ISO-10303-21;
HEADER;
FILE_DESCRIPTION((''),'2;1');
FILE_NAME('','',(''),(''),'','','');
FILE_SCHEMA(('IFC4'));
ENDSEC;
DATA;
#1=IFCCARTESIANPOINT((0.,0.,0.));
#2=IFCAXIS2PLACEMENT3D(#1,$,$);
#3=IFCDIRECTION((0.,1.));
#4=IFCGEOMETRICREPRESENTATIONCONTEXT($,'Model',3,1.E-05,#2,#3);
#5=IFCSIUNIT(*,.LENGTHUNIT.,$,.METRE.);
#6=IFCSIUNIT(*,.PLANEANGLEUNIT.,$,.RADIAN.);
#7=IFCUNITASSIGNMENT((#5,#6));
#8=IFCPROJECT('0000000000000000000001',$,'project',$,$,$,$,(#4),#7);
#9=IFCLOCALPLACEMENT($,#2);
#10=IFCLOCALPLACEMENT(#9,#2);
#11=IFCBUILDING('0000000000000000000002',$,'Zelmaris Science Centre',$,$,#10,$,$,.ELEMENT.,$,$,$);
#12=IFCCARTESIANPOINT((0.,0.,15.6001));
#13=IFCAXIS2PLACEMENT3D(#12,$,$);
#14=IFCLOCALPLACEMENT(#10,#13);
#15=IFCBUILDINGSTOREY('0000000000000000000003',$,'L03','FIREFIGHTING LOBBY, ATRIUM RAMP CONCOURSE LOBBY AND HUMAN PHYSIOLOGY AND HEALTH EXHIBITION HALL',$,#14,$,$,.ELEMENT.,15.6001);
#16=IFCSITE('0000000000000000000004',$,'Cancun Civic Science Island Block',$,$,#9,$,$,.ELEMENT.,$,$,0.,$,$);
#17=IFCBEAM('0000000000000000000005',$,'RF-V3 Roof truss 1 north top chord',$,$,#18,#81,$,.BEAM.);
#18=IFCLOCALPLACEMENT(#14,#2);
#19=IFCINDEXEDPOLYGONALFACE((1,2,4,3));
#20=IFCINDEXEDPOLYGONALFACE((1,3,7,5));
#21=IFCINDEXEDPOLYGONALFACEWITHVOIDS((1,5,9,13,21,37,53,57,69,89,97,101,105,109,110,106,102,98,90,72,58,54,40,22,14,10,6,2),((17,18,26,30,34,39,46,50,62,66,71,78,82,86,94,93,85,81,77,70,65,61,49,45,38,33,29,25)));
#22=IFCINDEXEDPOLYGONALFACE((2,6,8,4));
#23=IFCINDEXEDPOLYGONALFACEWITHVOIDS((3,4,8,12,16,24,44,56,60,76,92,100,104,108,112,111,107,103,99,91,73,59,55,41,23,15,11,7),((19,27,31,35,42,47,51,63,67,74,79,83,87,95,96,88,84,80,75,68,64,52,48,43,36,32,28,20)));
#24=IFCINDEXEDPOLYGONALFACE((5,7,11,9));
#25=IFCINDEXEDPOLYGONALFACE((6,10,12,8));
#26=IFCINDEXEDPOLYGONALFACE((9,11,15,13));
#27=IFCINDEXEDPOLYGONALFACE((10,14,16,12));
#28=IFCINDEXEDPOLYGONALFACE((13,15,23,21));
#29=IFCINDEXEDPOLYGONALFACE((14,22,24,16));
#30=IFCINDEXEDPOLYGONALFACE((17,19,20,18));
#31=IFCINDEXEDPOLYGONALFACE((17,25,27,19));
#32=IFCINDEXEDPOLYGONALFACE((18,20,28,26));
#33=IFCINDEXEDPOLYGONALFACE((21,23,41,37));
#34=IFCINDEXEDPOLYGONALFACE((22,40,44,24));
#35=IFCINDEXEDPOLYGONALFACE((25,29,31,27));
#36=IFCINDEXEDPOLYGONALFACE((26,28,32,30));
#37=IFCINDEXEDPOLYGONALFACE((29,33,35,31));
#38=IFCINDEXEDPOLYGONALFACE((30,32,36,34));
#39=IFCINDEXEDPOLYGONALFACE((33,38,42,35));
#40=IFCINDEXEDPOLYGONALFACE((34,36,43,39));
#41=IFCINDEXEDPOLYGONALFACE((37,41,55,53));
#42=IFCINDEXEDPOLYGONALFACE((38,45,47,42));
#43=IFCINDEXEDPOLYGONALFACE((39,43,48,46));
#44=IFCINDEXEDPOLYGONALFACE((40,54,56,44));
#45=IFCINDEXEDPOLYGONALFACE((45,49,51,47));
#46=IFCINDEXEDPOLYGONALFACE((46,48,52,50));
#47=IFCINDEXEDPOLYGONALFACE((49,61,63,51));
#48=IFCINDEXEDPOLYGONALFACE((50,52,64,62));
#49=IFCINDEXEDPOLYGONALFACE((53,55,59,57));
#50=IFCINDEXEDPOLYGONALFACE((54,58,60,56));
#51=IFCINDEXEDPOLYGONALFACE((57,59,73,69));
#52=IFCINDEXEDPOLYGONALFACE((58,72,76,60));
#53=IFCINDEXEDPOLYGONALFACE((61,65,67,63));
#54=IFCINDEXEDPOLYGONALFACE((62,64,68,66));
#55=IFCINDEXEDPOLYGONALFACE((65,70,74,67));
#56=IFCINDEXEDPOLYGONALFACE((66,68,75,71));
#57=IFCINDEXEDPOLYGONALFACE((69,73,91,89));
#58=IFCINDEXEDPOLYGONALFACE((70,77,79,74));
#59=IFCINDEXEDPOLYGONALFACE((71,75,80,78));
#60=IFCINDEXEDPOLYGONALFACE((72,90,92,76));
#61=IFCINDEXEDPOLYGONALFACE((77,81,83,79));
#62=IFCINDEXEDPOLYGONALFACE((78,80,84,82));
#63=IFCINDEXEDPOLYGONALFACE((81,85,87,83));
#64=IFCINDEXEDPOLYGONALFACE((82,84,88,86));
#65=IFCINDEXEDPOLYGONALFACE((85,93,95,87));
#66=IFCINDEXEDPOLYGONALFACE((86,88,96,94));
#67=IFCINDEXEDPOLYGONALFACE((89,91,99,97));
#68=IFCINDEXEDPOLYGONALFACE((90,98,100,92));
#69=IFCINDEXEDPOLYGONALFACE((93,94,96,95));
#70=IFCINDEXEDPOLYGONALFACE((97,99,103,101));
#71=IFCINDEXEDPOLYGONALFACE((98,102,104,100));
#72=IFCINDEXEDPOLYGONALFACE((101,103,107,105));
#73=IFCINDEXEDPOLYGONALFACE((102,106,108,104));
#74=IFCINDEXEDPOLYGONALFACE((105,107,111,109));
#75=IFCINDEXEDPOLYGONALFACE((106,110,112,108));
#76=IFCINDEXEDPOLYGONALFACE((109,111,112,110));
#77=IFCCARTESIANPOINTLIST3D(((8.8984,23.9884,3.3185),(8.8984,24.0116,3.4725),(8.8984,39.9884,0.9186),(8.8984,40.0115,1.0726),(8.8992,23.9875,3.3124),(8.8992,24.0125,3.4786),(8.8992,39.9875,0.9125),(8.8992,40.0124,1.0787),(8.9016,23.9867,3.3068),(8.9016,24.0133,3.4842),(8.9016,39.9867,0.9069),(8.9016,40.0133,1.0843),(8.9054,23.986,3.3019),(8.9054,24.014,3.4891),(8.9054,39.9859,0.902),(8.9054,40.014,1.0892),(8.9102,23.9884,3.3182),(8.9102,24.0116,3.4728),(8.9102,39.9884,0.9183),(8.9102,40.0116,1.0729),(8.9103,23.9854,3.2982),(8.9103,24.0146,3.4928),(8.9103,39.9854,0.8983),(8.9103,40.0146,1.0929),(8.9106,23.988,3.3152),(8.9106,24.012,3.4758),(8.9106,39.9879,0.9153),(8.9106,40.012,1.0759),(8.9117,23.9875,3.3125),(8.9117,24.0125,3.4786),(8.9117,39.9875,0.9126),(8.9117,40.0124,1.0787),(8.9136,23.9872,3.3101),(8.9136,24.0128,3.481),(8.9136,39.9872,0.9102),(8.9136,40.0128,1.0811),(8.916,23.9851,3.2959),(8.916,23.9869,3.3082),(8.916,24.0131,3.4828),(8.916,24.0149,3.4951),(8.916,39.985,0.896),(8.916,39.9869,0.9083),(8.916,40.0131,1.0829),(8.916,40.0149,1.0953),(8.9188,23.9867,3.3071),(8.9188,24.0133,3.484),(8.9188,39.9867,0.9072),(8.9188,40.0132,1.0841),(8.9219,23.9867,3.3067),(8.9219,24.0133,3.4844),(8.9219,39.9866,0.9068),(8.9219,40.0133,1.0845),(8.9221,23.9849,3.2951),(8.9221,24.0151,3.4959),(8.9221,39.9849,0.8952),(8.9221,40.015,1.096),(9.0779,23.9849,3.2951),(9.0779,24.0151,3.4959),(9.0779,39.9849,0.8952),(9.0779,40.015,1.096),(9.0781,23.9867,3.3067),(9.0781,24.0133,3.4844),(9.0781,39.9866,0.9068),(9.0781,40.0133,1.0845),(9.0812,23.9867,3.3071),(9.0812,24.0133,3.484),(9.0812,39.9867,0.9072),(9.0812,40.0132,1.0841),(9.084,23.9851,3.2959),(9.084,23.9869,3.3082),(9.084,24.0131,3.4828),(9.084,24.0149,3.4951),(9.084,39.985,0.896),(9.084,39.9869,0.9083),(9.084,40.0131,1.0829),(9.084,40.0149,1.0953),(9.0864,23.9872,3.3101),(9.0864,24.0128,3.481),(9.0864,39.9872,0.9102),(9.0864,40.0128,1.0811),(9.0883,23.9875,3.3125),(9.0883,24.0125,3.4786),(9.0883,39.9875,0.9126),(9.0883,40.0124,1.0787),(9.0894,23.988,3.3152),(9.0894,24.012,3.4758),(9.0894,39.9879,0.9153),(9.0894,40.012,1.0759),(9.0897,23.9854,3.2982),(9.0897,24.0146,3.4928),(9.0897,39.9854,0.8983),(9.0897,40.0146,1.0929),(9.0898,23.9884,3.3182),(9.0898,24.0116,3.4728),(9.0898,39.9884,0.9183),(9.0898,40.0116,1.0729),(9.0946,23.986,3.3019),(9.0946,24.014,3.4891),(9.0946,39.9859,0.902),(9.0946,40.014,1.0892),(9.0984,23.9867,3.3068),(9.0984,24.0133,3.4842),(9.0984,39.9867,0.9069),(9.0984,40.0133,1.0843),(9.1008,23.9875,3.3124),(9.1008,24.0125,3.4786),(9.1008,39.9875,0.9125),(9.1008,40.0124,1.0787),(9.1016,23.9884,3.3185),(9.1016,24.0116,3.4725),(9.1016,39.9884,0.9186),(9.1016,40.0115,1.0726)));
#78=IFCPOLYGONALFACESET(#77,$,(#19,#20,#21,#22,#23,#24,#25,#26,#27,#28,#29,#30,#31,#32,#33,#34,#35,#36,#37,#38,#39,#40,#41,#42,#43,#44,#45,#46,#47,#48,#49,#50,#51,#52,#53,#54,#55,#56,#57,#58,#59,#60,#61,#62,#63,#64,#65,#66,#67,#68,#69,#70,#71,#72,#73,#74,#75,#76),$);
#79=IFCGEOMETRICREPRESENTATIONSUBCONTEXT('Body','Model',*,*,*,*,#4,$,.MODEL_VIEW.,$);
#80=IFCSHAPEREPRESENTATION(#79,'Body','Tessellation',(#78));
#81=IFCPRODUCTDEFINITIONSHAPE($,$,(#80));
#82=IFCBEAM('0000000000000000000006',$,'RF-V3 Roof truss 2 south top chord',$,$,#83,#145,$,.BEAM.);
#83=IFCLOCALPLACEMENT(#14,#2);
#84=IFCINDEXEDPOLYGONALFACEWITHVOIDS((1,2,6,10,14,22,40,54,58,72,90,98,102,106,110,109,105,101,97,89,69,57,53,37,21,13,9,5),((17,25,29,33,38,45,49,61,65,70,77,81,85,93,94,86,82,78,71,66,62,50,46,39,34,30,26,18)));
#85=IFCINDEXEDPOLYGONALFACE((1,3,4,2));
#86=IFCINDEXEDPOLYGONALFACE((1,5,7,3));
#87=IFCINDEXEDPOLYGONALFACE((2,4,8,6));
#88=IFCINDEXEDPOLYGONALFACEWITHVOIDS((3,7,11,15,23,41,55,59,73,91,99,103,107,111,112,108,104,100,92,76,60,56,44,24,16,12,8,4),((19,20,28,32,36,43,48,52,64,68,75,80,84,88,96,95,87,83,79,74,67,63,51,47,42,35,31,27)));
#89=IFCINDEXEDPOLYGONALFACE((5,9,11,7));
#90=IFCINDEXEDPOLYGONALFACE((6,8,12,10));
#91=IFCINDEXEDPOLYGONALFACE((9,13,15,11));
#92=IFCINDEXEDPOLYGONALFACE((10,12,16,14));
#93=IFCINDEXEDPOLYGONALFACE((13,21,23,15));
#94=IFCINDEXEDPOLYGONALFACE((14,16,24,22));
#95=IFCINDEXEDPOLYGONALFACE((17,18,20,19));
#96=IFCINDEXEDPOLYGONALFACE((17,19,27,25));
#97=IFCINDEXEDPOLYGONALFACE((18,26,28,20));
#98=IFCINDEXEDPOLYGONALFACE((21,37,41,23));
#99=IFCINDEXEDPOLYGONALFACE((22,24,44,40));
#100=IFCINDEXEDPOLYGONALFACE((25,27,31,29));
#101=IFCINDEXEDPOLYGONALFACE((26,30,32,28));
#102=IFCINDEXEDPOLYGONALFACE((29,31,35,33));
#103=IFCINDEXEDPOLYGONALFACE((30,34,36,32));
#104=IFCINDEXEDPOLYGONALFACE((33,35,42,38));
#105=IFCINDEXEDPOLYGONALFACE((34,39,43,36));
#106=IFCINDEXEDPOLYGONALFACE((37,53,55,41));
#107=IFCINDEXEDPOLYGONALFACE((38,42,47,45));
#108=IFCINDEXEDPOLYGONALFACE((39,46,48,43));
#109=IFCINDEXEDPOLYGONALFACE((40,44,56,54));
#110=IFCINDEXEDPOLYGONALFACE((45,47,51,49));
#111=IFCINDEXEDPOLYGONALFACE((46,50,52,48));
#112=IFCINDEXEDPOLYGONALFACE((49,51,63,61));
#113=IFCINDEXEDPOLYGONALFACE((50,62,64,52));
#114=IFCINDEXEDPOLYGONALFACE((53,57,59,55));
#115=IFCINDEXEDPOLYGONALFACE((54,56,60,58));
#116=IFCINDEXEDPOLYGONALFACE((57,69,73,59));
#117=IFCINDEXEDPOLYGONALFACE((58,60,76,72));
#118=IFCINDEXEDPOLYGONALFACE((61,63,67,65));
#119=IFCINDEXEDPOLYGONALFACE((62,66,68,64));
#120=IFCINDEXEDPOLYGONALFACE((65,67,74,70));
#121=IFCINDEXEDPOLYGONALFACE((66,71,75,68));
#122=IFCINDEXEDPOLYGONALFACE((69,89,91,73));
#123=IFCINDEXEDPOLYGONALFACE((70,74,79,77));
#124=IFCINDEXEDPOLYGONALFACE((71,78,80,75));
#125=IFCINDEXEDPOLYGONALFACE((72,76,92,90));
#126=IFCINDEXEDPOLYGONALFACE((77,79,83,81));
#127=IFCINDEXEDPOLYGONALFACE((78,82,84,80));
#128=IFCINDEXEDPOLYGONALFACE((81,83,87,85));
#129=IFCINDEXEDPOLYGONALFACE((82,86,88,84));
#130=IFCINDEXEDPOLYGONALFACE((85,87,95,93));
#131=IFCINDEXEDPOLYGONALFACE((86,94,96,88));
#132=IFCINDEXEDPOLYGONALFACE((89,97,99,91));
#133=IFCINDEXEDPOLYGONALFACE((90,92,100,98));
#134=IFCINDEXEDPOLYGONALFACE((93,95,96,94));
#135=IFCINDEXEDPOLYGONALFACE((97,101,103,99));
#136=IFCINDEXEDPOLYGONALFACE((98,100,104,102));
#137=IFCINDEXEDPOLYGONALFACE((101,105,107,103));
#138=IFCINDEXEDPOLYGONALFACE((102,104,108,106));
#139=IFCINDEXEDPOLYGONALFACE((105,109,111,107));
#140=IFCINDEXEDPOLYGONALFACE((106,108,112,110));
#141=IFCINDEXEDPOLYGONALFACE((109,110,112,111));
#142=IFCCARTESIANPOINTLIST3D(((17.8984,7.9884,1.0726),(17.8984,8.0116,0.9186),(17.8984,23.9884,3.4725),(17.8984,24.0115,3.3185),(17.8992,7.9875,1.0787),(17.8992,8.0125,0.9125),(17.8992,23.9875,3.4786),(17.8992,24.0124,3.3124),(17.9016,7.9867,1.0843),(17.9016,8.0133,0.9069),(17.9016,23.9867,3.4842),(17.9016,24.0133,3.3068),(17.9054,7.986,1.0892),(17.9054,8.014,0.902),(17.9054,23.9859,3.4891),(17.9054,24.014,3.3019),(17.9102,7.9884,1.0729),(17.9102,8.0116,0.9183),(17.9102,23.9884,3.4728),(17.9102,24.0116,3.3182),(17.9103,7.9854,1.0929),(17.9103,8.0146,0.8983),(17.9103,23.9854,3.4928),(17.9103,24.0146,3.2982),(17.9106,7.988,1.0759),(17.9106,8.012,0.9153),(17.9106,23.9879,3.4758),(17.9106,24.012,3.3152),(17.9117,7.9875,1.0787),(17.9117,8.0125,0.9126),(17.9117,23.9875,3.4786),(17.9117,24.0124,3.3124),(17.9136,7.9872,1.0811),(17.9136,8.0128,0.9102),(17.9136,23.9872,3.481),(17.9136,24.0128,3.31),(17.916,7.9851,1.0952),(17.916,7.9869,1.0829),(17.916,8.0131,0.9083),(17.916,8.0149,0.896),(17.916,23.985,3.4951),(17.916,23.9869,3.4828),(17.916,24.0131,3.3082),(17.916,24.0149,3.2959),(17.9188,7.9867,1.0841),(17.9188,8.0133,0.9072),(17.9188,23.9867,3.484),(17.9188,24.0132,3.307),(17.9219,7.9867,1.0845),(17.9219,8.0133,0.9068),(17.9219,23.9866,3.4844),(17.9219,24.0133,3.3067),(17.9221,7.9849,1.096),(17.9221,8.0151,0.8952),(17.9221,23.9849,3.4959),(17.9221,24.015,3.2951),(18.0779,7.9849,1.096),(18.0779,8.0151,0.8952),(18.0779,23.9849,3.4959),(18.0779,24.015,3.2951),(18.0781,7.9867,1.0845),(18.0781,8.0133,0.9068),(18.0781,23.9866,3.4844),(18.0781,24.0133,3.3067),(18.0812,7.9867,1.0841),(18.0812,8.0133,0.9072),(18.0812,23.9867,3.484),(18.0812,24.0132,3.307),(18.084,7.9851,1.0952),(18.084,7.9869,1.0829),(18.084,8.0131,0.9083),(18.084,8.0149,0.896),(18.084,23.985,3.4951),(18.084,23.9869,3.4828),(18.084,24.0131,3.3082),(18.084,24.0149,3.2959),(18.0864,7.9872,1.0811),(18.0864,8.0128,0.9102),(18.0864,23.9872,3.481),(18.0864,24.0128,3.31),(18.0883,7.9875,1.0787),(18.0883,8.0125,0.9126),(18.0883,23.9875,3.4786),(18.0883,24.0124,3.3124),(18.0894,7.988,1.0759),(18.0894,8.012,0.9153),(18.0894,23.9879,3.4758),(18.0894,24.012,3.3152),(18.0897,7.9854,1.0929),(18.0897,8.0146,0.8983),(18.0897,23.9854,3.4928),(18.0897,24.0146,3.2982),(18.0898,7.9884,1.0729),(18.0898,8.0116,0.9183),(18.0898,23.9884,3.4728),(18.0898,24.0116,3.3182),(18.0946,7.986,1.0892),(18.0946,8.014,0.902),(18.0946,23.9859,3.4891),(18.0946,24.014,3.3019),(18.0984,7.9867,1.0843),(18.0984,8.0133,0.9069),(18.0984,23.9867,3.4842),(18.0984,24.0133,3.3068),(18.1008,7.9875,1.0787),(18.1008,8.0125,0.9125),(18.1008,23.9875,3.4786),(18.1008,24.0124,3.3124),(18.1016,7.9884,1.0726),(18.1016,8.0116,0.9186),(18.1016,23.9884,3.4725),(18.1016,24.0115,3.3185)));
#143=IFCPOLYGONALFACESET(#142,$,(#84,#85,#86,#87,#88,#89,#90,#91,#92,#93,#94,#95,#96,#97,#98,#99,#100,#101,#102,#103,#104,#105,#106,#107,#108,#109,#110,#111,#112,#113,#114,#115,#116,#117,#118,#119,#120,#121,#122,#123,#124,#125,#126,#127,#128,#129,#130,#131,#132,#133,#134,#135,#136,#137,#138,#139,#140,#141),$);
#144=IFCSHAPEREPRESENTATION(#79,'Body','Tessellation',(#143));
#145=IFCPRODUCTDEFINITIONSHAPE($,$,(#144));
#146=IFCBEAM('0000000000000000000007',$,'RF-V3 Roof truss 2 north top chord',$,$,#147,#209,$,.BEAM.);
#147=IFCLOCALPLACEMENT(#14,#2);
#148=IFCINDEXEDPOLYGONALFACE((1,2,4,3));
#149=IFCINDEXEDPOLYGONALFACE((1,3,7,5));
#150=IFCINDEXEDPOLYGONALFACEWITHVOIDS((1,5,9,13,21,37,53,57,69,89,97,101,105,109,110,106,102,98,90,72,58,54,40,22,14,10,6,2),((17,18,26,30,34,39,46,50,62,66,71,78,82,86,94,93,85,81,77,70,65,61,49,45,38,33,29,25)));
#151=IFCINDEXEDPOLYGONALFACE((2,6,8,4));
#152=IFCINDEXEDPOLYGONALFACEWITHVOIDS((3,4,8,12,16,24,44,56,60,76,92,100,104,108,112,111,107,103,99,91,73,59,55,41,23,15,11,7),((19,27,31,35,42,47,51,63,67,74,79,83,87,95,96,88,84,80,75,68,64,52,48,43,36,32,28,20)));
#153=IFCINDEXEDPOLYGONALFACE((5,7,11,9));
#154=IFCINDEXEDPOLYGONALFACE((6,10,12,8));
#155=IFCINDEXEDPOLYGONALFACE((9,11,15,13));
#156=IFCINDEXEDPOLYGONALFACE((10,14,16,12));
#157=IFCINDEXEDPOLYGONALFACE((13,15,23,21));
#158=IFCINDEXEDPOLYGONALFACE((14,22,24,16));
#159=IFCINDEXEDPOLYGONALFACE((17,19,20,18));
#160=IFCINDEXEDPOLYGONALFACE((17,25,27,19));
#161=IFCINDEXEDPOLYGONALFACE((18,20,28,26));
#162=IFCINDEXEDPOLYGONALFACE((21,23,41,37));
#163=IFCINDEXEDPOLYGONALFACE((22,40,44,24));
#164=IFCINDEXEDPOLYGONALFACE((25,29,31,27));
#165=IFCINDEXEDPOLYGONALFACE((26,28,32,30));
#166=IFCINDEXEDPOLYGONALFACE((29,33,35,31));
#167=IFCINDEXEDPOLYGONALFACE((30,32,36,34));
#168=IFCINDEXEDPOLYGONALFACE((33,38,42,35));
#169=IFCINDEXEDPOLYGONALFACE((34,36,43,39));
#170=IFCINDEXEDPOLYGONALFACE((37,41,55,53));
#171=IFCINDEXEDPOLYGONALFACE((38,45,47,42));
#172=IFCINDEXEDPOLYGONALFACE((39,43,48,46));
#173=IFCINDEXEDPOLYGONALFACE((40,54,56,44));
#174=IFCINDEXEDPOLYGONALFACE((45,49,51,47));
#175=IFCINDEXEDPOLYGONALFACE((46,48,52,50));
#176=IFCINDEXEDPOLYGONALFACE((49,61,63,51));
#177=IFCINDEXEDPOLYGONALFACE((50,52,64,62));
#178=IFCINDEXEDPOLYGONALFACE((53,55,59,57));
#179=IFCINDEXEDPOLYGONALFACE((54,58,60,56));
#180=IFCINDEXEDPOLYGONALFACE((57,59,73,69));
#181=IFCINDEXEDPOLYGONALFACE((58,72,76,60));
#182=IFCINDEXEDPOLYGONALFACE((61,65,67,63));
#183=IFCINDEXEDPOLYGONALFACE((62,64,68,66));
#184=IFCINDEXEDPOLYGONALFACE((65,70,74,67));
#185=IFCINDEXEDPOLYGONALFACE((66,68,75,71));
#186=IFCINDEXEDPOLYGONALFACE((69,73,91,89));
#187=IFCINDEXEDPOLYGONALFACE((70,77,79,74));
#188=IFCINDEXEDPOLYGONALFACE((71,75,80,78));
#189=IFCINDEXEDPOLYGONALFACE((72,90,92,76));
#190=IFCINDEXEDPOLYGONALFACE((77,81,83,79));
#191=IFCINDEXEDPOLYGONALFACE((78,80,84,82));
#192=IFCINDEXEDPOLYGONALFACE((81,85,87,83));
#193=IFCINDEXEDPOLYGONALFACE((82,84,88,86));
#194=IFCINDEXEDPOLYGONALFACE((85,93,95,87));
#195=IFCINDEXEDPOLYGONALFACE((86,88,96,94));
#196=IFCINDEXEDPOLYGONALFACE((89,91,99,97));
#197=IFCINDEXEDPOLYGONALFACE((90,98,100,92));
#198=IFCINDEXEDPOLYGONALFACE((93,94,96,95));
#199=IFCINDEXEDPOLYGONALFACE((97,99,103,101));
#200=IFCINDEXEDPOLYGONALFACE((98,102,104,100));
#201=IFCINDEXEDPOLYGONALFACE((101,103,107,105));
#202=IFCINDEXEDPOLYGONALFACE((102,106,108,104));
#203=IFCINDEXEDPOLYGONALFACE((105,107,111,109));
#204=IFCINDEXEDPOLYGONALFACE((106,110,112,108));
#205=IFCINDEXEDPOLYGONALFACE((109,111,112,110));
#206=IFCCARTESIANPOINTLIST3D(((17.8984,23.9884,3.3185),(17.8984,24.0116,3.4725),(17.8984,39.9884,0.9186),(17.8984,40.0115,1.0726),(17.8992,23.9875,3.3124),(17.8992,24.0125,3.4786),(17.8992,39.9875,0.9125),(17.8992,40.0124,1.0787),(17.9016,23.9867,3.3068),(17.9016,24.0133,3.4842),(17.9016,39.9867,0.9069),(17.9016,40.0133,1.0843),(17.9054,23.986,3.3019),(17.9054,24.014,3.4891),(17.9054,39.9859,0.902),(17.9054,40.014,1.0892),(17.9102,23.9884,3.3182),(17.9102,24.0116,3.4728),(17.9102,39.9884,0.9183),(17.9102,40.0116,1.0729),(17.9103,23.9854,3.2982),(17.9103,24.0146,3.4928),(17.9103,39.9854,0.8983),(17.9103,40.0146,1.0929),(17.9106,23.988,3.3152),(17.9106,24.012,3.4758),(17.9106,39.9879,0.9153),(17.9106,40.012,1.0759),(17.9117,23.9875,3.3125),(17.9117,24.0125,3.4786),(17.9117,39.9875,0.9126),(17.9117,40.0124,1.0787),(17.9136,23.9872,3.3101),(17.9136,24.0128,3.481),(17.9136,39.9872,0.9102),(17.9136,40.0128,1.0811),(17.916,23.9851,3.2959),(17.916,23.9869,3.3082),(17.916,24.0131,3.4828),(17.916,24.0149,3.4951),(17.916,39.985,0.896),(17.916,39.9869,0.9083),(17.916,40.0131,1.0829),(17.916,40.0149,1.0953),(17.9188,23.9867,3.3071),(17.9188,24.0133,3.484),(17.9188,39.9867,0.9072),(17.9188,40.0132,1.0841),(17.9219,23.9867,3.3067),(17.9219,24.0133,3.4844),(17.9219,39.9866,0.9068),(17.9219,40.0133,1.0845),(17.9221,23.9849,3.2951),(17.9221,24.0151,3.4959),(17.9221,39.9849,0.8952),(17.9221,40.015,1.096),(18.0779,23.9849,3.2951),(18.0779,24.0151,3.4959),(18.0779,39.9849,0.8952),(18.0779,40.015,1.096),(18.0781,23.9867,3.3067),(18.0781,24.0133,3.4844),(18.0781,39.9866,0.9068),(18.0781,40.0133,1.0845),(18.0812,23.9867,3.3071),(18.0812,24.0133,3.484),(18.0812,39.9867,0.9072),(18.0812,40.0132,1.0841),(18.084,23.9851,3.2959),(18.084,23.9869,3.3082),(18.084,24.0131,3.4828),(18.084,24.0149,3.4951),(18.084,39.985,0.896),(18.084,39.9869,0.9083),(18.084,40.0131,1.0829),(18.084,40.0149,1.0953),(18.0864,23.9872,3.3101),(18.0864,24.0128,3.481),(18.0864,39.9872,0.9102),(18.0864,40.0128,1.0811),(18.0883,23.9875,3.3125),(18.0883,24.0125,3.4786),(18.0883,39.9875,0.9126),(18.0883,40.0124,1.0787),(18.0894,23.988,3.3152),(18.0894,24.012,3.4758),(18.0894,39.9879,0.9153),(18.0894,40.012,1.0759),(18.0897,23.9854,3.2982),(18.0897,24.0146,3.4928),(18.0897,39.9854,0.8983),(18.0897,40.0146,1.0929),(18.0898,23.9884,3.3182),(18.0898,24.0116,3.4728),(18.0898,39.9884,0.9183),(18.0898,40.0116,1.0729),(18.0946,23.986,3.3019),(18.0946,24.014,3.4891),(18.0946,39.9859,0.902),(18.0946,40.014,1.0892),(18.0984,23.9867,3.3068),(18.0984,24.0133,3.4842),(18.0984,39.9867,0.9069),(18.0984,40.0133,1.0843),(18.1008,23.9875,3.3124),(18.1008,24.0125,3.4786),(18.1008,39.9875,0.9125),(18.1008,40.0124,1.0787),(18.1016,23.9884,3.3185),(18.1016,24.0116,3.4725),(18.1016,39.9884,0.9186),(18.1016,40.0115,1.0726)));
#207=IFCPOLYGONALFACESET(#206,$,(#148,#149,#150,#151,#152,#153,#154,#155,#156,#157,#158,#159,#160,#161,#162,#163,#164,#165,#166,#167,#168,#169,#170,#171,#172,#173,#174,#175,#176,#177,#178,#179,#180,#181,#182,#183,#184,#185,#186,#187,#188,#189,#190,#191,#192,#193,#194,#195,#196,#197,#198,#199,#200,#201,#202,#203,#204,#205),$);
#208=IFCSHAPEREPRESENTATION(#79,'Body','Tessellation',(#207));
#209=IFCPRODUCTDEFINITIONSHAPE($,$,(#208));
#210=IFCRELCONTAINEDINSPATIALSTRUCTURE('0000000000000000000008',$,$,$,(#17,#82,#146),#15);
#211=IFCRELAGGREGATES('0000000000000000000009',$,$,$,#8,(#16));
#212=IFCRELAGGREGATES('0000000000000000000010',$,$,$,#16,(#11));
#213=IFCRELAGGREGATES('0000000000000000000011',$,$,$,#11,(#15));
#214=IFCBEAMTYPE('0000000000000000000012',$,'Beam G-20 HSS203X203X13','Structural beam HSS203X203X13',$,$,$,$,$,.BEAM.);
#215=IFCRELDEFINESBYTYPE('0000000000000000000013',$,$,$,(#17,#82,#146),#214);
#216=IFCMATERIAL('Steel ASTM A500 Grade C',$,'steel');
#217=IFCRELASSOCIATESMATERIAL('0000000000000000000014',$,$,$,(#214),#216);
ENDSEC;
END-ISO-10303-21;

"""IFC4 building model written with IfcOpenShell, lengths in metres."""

from ifc_helpers import new_model, si_unit, direction, frame, origin, origin_2d, place, context, subcontext, project, spatial, hollow_rectangle, extrude, material, material_profile, profile_set, type_object, element, save


model = new_model("IFC4")

# Units and contexts
model_context = context("Model", 3, precision=1e-05, world=origin(), true_north=direction((0.0, 1.0)))
body_context = subcontext(model_context, "Body", "Model", "MODEL_VIEW")
ifc_project = project(units=[si_unit("LENGTHUNIT", "METRE"), si_unit("PLANEANGLEUNIT", "RADIAN")], contexts=[model_context])

# Site, building, storey
site_placement = place(None, origin())
site = spatial("IfcSite", under=ifc_project, at=site_placement, Name="Cancun Civic Science Island Block", CompositionType="ELEMENT", RefElevation=0.0)
building_placement = place(site_placement, origin())
building = spatial("IfcBuilding", under=site, at=building_placement, Name="Zelmaris Science Centre", CompositionType="ELEMENT")
storey_placement = place(building_placement, frame((0.0, 0.0, 15.6001)))
storey = spatial("IfcBuildingStorey", under=building, at=storey_placement, Name="L03", Description="FIREFIGHTING LOBBY, ATRIUM RAMP CONCOURSE LOBBY AND HUMAN PHYSIOLOGY AND HEALTH EXHIBITION HALL", CompositionType="ELEMENT", Elevation=15.6001)

# Beams
ifc_material = material(Name="Steel ASTM A500 Grade C", Category="steel")
ifc_material_profile_1 = material_profile(ifc_material, hollow_rectangle(XDim=0.2031, YDim=0.2031, WallThickness=0.0117, InnerFilletRadius=0.0117, OuterFilletRadius=0.0237, at=origin_2d()), Name="HSS203X203X13")
ifc_profile_set_1 = profile_set([ifc_material_profile_1], Name="Steel ASTM A500 Grade C")
beam_type_1 = type_object("IfcBeamType", Name="Beam G-20 HSS203X203X13", Description="Structural beam HSS203X203X13", PredefinedType="BEAM", material=ifc_profile_set_1)
for number, where, z_axis, x_axis, name in (
    (1, (9.0, 24.0, 3.3955), (0.0, 0.988937, -0.148335), (-1.0, 0.0, 0.0), "RF-V3 Roof truss 1 north top chord"),
    (2, (18.0, 8.0, 0.9956), (0.0, 0.988937, 0.148335), (-1.0, 0.0, 0.0), "RF-V3 Roof truss 2 south top chord"),
    (3, (18.0, 24.0, 3.3955), (0.0, 0.988937, -0.148335), (-1.0, 0.0, 0.0), "RF-V3 Roof truss 2 north top chord"),
):
    element("IfcBeam", number, at=place(storey_placement, frame(where, z_axis=z_axis, x_axis=x_axis)), inside=storey, type_object=beam_type_1, Name=name, PredefinedType="BEAM", context=body_context, shape_type="SweptSolid", body=[
        extrude(hollow_rectangle(XDim=0.2031, YDim=0.2031, WallThickness=0.0117, InnerFilletRadius=0.0117, OuterFilletRadius=0.0237, at=origin_2d()), origin(), (0.0, 0.0, 1.0), 16.179),
    ])

save(model, "model.ifc")
